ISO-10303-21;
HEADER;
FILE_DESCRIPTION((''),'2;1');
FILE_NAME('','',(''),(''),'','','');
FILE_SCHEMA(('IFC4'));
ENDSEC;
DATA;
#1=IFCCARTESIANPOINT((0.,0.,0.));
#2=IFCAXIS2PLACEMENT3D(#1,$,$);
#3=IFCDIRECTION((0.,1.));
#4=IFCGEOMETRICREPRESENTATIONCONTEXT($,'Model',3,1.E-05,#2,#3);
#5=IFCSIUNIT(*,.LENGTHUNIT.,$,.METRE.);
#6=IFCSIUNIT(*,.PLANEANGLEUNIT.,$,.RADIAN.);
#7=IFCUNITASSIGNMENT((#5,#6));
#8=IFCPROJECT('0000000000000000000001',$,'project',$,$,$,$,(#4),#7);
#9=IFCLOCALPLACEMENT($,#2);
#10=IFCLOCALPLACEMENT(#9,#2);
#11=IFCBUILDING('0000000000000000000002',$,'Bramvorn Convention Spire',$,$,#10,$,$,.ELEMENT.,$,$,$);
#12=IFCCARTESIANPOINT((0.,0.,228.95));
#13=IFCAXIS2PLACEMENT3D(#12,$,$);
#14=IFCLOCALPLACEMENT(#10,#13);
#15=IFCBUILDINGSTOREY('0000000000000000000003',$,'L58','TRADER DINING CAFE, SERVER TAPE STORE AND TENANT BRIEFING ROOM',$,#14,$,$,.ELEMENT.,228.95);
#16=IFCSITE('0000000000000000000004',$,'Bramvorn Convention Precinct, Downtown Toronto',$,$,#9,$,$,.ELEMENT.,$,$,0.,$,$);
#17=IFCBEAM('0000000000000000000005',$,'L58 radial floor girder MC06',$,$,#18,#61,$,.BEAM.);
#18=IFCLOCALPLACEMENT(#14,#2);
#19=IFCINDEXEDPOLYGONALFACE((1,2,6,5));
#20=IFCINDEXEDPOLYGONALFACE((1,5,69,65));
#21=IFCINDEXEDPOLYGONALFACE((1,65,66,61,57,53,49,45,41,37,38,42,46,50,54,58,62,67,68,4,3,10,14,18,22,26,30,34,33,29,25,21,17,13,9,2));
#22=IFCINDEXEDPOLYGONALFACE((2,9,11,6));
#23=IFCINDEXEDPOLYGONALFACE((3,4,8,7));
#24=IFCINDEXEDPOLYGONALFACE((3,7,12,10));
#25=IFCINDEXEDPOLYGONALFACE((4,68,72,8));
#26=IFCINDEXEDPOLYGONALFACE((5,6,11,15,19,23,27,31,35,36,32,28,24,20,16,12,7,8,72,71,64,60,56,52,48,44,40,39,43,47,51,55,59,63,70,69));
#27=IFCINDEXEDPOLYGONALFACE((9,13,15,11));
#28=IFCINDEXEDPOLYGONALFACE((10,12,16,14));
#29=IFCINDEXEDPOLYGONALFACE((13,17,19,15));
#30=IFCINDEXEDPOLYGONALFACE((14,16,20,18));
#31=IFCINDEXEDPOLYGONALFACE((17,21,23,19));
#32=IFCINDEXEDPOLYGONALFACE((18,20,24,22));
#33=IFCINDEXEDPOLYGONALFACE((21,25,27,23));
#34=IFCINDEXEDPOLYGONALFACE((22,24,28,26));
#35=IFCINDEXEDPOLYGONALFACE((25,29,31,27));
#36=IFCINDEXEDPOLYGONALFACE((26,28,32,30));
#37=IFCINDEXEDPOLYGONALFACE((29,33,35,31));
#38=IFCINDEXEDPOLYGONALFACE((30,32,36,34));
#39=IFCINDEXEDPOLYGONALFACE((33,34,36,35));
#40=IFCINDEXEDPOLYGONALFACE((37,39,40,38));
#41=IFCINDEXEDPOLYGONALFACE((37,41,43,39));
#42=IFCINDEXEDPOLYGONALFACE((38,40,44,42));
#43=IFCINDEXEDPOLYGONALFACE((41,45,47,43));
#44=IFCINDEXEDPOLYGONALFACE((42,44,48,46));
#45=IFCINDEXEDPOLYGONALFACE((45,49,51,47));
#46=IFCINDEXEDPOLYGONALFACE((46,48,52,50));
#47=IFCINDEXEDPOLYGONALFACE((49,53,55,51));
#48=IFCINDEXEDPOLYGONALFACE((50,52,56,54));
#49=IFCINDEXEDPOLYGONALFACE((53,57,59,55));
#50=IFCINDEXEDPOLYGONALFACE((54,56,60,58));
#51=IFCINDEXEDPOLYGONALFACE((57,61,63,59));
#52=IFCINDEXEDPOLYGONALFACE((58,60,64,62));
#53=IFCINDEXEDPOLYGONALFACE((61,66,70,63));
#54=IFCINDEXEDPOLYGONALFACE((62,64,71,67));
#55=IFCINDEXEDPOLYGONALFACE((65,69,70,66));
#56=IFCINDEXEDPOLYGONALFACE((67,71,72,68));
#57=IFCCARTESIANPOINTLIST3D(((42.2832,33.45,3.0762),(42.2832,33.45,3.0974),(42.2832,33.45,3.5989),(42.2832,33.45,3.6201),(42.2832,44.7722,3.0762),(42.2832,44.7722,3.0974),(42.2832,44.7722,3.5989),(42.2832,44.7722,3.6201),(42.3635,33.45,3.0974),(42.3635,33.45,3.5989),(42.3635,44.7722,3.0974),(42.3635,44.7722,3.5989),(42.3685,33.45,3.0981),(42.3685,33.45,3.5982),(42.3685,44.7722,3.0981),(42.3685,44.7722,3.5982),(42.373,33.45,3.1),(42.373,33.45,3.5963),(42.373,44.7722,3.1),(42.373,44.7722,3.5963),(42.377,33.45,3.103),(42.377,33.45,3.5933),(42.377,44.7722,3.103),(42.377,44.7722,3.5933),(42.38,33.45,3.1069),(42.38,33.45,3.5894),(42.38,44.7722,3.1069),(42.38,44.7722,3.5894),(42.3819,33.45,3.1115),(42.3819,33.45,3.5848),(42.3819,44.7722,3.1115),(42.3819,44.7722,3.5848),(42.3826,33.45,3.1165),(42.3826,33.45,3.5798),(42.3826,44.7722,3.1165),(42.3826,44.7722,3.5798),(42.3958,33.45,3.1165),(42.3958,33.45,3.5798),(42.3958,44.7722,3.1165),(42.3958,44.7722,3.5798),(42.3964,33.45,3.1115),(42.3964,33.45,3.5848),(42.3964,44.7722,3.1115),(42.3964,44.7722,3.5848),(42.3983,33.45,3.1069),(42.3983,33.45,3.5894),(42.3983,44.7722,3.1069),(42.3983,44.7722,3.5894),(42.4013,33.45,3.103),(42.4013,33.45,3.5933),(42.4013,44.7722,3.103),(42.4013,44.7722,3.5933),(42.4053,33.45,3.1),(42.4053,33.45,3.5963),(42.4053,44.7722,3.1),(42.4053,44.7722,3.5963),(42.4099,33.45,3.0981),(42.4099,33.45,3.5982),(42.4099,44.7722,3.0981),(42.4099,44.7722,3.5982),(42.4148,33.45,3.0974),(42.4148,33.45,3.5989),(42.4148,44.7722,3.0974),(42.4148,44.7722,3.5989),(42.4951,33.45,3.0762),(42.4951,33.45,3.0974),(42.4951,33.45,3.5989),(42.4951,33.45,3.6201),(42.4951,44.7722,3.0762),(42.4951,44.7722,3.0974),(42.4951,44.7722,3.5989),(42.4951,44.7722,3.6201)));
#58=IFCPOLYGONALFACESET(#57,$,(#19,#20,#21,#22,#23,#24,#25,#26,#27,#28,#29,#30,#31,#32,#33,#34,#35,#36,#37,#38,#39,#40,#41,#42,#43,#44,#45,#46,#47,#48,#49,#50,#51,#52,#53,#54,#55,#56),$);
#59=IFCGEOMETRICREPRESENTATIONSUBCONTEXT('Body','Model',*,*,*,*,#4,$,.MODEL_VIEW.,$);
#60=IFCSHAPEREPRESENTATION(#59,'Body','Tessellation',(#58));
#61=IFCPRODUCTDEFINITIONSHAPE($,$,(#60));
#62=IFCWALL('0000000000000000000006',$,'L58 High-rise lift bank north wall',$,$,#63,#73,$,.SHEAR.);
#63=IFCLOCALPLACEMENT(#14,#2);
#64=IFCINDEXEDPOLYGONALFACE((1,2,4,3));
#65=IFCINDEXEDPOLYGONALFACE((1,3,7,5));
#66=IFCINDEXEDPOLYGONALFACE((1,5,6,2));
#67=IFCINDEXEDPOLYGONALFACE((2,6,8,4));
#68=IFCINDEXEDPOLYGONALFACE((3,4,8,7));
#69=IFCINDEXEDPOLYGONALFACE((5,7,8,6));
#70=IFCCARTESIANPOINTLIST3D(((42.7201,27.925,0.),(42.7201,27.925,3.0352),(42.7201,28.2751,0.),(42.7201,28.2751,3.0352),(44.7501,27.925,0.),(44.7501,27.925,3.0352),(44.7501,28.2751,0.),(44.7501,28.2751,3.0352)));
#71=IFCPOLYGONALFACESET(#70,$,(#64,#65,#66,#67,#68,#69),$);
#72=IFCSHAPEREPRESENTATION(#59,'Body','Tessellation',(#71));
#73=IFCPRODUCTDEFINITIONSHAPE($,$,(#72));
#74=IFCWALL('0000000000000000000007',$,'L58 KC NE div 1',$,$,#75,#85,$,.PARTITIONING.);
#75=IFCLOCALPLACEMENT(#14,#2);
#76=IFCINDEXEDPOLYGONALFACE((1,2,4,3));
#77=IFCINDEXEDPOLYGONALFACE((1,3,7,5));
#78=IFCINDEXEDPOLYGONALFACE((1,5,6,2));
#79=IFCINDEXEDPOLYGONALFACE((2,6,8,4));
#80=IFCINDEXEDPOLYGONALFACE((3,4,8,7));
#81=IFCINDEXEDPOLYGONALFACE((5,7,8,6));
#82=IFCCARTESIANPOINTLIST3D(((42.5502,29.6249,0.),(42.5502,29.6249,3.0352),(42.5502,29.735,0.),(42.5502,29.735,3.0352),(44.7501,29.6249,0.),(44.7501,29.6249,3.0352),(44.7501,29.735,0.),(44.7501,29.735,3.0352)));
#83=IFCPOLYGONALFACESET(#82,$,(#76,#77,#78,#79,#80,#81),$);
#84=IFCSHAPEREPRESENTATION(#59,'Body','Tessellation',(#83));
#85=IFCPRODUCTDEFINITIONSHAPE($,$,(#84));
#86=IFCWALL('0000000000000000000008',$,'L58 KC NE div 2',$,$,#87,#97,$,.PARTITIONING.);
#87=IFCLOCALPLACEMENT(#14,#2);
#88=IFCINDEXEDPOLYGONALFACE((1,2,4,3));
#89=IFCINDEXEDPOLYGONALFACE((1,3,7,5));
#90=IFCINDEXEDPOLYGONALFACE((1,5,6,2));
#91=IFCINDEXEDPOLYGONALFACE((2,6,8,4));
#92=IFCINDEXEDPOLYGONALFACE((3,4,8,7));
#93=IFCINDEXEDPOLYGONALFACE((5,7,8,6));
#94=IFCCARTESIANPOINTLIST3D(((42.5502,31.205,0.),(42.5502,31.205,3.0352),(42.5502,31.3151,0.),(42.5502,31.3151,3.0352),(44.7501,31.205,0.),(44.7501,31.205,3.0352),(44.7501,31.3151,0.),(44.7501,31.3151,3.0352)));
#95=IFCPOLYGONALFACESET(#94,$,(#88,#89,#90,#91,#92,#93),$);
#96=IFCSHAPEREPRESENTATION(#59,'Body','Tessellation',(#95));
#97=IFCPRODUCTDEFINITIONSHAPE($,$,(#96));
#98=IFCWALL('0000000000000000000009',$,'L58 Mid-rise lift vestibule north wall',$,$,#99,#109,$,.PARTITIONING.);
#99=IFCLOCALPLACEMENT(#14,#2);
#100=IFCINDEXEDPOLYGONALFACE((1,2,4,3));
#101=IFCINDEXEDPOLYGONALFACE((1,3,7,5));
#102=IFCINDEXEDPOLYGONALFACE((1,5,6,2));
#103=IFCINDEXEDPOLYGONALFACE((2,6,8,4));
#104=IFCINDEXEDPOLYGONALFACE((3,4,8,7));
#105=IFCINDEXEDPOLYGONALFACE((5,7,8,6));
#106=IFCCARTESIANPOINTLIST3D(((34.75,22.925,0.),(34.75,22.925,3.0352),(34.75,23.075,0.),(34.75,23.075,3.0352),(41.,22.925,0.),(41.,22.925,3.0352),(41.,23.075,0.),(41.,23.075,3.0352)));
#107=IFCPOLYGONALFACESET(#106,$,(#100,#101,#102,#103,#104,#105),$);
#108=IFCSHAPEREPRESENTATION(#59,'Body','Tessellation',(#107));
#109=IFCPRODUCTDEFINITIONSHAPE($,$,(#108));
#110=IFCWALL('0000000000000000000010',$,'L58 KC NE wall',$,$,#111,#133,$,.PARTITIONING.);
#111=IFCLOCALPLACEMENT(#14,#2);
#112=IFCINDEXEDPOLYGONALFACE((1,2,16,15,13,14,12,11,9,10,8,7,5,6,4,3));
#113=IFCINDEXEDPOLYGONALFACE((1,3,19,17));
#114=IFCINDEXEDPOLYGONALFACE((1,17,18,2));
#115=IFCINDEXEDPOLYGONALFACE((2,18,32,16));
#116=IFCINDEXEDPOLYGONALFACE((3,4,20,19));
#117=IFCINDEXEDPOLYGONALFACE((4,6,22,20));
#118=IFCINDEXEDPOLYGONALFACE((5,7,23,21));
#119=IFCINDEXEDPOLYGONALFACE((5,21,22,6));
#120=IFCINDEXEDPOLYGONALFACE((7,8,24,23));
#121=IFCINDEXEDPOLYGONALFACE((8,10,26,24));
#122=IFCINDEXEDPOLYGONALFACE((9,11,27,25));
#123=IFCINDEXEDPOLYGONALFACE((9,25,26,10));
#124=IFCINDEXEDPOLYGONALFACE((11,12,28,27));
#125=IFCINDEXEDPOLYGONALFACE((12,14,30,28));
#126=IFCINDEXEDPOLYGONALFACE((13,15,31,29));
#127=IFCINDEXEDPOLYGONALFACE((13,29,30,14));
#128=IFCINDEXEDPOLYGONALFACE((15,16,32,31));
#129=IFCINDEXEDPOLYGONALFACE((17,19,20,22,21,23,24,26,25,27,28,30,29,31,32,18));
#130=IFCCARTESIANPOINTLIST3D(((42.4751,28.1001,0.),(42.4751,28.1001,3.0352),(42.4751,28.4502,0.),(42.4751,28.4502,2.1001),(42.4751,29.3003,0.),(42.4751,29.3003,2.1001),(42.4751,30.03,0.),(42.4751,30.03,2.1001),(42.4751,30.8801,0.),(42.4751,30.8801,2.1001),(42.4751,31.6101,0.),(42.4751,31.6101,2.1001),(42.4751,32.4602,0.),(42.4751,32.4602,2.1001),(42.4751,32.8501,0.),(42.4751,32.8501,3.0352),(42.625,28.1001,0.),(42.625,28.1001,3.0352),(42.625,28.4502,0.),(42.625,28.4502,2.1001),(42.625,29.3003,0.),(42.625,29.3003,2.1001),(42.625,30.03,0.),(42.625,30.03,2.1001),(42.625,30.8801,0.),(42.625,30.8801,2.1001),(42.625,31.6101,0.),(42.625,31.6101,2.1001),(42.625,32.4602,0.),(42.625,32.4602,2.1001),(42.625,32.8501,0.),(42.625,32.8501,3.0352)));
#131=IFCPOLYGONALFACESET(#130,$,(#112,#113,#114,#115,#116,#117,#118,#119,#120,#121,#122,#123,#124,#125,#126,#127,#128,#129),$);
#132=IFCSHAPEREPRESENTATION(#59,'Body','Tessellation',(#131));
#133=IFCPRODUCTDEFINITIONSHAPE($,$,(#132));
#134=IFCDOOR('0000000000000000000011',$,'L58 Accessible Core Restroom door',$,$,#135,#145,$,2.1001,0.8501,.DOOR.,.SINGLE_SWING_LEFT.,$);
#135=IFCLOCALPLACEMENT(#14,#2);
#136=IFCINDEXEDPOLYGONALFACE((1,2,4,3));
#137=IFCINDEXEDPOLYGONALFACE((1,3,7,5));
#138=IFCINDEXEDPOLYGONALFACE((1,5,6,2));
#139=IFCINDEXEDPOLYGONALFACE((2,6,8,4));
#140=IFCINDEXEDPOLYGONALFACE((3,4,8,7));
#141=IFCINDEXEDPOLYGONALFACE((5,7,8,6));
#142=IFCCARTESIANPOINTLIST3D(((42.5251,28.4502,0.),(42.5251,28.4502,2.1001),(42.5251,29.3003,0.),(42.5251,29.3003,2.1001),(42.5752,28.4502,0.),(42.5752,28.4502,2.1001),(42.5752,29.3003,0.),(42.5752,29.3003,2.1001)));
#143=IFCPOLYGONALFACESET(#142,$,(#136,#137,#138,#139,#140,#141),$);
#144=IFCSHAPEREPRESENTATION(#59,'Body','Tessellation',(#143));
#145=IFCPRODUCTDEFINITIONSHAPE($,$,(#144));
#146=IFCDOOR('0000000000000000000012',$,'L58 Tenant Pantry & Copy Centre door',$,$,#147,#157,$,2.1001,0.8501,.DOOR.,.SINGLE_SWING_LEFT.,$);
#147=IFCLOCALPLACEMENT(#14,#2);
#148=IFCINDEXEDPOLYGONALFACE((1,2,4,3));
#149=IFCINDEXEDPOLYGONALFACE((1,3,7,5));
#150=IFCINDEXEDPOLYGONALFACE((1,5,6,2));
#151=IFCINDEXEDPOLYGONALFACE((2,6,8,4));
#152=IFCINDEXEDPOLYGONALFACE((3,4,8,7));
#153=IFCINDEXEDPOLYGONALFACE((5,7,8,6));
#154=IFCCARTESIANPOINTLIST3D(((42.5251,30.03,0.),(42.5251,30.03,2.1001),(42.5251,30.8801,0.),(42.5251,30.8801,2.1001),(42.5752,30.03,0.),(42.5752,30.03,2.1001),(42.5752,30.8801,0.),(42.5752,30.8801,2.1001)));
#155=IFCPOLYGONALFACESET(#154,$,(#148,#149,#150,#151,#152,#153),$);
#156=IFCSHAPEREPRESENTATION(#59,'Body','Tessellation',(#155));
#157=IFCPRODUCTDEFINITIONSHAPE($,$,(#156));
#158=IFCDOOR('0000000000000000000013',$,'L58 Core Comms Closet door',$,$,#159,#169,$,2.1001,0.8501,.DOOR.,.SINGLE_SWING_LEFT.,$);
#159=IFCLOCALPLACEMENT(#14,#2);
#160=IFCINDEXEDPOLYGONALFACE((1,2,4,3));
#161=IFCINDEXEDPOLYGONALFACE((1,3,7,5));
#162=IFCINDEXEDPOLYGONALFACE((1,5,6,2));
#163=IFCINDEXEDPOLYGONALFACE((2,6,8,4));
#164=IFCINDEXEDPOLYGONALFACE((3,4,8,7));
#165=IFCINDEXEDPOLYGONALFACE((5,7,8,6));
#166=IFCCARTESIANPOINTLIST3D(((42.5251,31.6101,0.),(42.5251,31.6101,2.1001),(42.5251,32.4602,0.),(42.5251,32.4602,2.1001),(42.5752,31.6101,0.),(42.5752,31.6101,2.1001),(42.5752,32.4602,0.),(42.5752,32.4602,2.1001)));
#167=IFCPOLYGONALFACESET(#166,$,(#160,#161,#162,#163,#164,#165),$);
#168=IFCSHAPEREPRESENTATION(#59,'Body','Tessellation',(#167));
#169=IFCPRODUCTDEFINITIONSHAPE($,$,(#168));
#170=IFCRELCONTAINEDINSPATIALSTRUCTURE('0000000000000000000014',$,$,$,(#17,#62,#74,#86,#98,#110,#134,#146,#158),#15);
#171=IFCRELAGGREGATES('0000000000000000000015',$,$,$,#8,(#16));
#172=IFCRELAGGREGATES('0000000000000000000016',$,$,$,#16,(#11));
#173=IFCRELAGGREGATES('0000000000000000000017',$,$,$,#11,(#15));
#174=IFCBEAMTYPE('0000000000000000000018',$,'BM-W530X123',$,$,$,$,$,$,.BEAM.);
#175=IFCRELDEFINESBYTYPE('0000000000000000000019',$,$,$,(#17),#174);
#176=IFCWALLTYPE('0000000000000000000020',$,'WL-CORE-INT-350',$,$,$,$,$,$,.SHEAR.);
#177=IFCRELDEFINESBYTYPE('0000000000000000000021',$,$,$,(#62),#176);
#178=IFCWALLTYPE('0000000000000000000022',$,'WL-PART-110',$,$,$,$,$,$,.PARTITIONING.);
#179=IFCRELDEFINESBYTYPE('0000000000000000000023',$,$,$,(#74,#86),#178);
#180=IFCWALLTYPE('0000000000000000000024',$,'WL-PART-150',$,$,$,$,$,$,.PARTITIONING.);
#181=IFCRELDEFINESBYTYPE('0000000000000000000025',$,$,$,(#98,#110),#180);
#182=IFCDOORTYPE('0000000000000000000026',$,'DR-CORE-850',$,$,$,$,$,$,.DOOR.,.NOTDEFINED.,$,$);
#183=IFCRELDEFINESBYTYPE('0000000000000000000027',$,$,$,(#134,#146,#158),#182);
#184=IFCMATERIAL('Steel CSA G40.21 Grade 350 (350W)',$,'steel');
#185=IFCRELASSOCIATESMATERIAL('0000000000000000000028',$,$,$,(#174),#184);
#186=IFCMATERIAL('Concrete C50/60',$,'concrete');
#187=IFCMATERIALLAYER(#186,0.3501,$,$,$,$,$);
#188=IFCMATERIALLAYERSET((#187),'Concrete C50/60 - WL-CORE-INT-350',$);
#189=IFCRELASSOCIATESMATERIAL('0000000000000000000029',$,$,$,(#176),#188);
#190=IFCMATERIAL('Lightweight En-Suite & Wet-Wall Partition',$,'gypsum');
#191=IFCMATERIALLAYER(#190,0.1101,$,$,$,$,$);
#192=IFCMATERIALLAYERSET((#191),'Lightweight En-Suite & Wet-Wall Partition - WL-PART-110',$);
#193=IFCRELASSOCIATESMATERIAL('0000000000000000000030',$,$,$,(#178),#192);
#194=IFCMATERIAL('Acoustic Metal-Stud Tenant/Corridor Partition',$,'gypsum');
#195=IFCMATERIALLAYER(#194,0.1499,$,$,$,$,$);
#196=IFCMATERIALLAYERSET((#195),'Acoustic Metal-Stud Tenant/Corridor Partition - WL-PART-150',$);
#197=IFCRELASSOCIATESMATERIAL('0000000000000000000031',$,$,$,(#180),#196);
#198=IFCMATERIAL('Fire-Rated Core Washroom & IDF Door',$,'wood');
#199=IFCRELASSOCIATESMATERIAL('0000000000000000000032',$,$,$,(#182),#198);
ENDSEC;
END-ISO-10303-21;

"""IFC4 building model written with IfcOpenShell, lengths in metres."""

from ifc_helpers import new_model, si_unit, direction, frame, frame_2d, origin, origin_2d, place, context, subcontext, project, spatial, rectangle, i_section, extrude, material, layer, layer_set, material_profile, profile_set, type_object, element, fill, save


model = new_model("IFC4")

# Units and contexts
model_context = context("Model", 3, precision=1e-05, world=origin(), true_north=direction((0.0, 1.0)))
body_context = subcontext(model_context, "Body", "Model", "MODEL_VIEW")
ifc_project = project(units=[si_unit("LENGTHUNIT", "METRE"), si_unit("PLANEANGLEUNIT", "RADIAN")], contexts=[model_context])

# Site, building, storey
site_placement = place(None, origin())
site = spatial("IfcSite", under=ifc_project, at=site_placement, Name="Bramvorn Convention Precinct, Downtown Toronto", CompositionType="ELEMENT", RefElevation=0.0)
building_placement = place(site_placement, origin())
building = spatial("IfcBuilding", under=site, at=building_placement, Name="Bramvorn Convention Spire", CompositionType="ELEMENT")
storey_placement = place(building_placement, frame((0.0, 0.0, 228.95)))
storey = spatial("IfcBuildingStorey", under=building, at=storey_placement, Name="L58", Description="TRADER DINING CAFE, SERVER TAPE STORE AND TENANT BRIEFING ROOM", CompositionType="ELEMENT", Elevation=228.95)

# Shared definitions
ifc_material_1 = material(Name="Steel CSA G40.21 Grade 350 (350W)", Category="steel")

# Beam
ifc_material_profile_1 = material_profile(ifc_material_1, i_section(OverallWidth=0.2119, OverallDepth=0.5439, WebThickness=0.0132, FlangeThickness=0.0212, FilletRadius=0.019, at=origin_2d()))
ifc_profile_set_1 = profile_set([ifc_material_profile_1], Name="Steel CSA G40.21 Grade 350 (350W) - W530X123")
beam_type_1 = type_object("IfcBeamType", Name="BM-W530X123", PredefinedType="BEAM", material=ifc_profile_set_1)
beam_1_placement = place(storey_placement, frame((42.3892, 33.45, 3.3481), z_axis=(0.0, 1.0, 0.0), x_axis=(-1.0, 0.0, 0.0)))
element("IfcBeam", 1, at=beam_1_placement, inside=storey, type_object=beam_type_1, Name="L58 radial floor girder MC06", PredefinedType="BEAM", context=body_context, shape_type="SweptSolid", body=[
    extrude(i_section(OverallWidth=0.2119, OverallDepth=0.5439, WebThickness=0.0132, FlangeThickness=0.0212, FilletRadius=0.019, at=origin_2d()), origin(), (0.0, 0.0, 1.0), 11.3223),
])

# Shared definitions
ifc_material_2 = material(Name="Concrete C50/60", Category="concrete")
ifc_layer_1 = layer(ifc_material_2, 0.3501)
ifc_layer_set_1 = layer_set([ifc_layer_1], Name="Concrete C50/60 - WL-CORE-INT-350")
wall_type_1 = type_object("IfcWallType", Name="WL-CORE-INT-350", PredefinedType="SHEAR", material=ifc_layer_set_1)

# Walls
wall_1_placement = place(storey_placement, frame((42.72, 28.1001, 0.0), z_axis=(0.0, 0.0, 1.0), x_axis=(1.0, 0.0, 0.0)))
element("IfcWall", 2, at=wall_1_placement, inside=storey, type_object=wall_type_1, Name="L58 High-rise lift bank north wall", PredefinedType="SHEAR", context=body_context, shape_type="SweptSolid", body=[
    extrude(rectangle(XDim=2.03, YDim=0.3501, at=frame_2d((1.0151, 0.0))), origin(), (0.0, 0.0, 1.0), 3.0352),
])
ifc_material_3 = material(Name="Lightweight En-Suite & Wet-Wall Partition", Category="gypsum")
ifc_layer_2 = layer(ifc_material_3, 0.1101)
ifc_layer_set_2 = layer_set([ifc_layer_2], Name="Lightweight En-Suite & Wet-Wall Partition - WL-PART-110")
wall_type_2 = type_object("IfcWallType", Name="WL-PART-110", PredefinedType="PARTITIONING", material=ifc_layer_set_2)
for number, where, z_axis, x_axis, name in (
    (3, (42.55, 29.6799, 0.0), (0.0, 0.0, 1.0), (1.0, 0.0, 0.0), "L58 KC NE div 1"),
    (4, (42.55, 31.26, 0.0), (0.0, 0.0, 1.0), (1.0, 0.0, 0.0), "L58 KC NE div 2"),
):
    element("IfcWall", number, at=place(storey_placement, frame(where, z_axis=z_axis, x_axis=x_axis)), inside=storey, type_object=wall_type_2, Name=name, PredefinedType="PARTITIONING", context=body_context, shape_type="SweptSolid", body=[
        extrude(rectangle(XDim=2.2, YDim=0.1101, at=frame_2d((1.1001, 0.0))), origin(), (0.0, 0.0, 1.0), 3.0352),
    ])
ifc_material_4 = material(Name="Acoustic Metal-Stud Tenant/Corridor Partition", Category="gypsum")
ifc_layer_3 = layer(ifc_material_4, 0.1499)
ifc_layer_set_3 = layer_set([ifc_layer_3], Name="Acoustic Metal-Stud Tenant/Corridor Partition - WL-PART-150")
wall_type_3 = type_object("IfcWallType", Name="WL-PART-150", PredefinedType="PARTITIONING", material=ifc_layer_set_3)
wall_2_placement = place(storey_placement, frame((34.75, 23.0, 0.0), z_axis=(0.0, 0.0, 1.0), x_axis=(1.0, 0.0, 0.0)))
element("IfcWall", 5, at=wall_2_placement, inside=storey, type_object=wall_type_3, Name="L58 Mid-rise lift vestibule north wall", PredefinedType="PARTITIONING", context=body_context, shape_type="SweptSolid", body=[
    extrude(rectangle(XDim=6.25, YDim=0.1499, at=frame_2d((3.125, 0.0))), origin(), (0.0, 0.0, 1.0), 3.0352),
])

# Wall, openings, doors
wall_3_placement = place(storey_placement, frame((42.55, 28.1001, 0.0), z_axis=(0.0, 0.0, 1.0), x_axis=(0.0, 1.0, 0.0)))
wall_3 = element("IfcWall", 6, at=wall_3_placement, inside=storey, type_object=wall_type_3, Name="L58 KC NE wall", PredefinedType="PARTITIONING", context=body_context, shape_type="SweptSolid", body=[
    extrude(rectangle(XDim=4.75, YDim=0.1499, at=frame_2d((2.375, 0.0))), origin(), (0.0, 0.0, 1.0), 3.0352),
])
opening_1_placement = place(wall_3_placement, frame((0.3501, 0.0, 0.0)))
opening_1 = element("IfcOpeningElement", 7, at=opening_1_placement, cuts=wall_3, PredefinedType="OPENING", context=body_context, shape_type="SweptSolid", body=[
    extrude(rectangle(XDim=0.8501, YDim=2.1001, at=frame_2d((0.425, 1.05))), frame((0.0, 0.085, 0.0), z_axis=(0.0, -1.0, 0.0), x_axis=(1.0, 0.0, 0.0)), (0.0, 0.0, 1.0), 0.1699),
])
opening_2_placement = place(wall_3_placement, frame((1.9299, 0.0, 0.0)))
opening_2 = element("IfcOpeningElement", 8, at=opening_2_placement, cuts=wall_3, PredefinedType="OPENING", context=body_context, shape_type="SweptSolid", body=[
    extrude(rectangle(XDim=0.8501, YDim=2.1001, at=frame_2d((0.425, 1.05))), frame((0.0, 0.085, 0.0), z_axis=(0.0, -1.0, 0.0), x_axis=(1.0, 0.0, 0.0)), (0.0, 0.0, 1.0), 0.1699),
])
opening_3_placement = place(wall_3_placement, frame((3.51, 0.0, 0.0)))
opening_3 = element("IfcOpeningElement", 9, at=opening_3_placement, cuts=wall_3, PredefinedType="OPENING", context=body_context, shape_type="SweptSolid", body=[
    extrude(rectangle(XDim=0.8501, YDim=2.1001, at=frame_2d((0.425, 1.05))), frame((0.0, 0.085, 0.0), z_axis=(0.0, -1.0, 0.0), x_axis=(1.0, 0.0, 0.0)), (0.0, 0.0, 1.0), 0.1699),
])
ifc_material_5 = material(Name="Fire-Rated Core Washroom & IDF Door", Category="wood")
door_type_1 = type_object("IfcDoorType", Name="DR-CORE-850", OperationType="NOTDEFINED", PredefinedType="DOOR", material=ifc_material_5)
door_1_placement = place(opening_1_placement, origin())
door_1 = element("IfcDoor", 10, at=door_1_placement, inside=storey, type_object=door_type_1, Name="L58 Accessible Core Restroom door", OperationType="SINGLE_SWING_LEFT", OverallHeight=2.1001, OverallWidth=0.8501, PredefinedType="DOOR", context=body_context, shape_type="SweptSolid", body=[
    extrude(rectangle(XDim=0.8501, YDim=2.1001, at=frame_2d((0.425, 1.05))), frame((0.0, 0.0249, 0.0), z_axis=(0.0, -1.0, 0.0), x_axis=(1.0, 0.0, 0.0)), (0.0, 0.0, 1.0), 0.05),
])
fill(opening_1, door_1)
door_2_placement = place(opening_2_placement, origin())
door_2 = element("IfcDoor", 11, at=door_2_placement, inside=storey, type_object=door_type_1, Name="L58 Tenant Pantry & Copy Centre door", OperationType="SINGLE_SWING_LEFT", OverallHeight=2.1001, OverallWidth=0.8501, PredefinedType="DOOR", context=body_context, shape_type="SweptSolid", body=[
    extrude(rectangle(XDim=0.8501, YDim=2.1001, at=frame_2d((0.425, 1.05))), frame((0.0, 0.0249, 0.0), z_axis=(0.0, -1.0, 0.0), x_axis=(1.0, 0.0, 0.0)), (0.0, 0.0, 1.0), 0.05),
])
fill(opening_2, door_2)
door_3_placement = place(opening_3_placement, origin())
door_3 = element("IfcDoor", 12, at=door_3_placement, inside=storey, type_object=door_type_1, Name="L58 Core Comms Closet door", OperationType="SINGLE_SWING_LEFT", OverallHeight=2.1001, OverallWidth=0.8501, PredefinedType="DOOR", context=body_context, shape_type="SweptSolid", body=[
    extrude(rectangle(XDim=0.8501, YDim=2.1001, at=frame_2d((0.425, 1.05))), frame((0.0, 0.0249, 0.0), z_axis=(0.0, -1.0, 0.0), x_axis=(1.0, 0.0, 0.0)), (0.0, 0.0, 1.0), 0.05),
])
fill(opening_3, door_3)

save(model, "model.ifc")
